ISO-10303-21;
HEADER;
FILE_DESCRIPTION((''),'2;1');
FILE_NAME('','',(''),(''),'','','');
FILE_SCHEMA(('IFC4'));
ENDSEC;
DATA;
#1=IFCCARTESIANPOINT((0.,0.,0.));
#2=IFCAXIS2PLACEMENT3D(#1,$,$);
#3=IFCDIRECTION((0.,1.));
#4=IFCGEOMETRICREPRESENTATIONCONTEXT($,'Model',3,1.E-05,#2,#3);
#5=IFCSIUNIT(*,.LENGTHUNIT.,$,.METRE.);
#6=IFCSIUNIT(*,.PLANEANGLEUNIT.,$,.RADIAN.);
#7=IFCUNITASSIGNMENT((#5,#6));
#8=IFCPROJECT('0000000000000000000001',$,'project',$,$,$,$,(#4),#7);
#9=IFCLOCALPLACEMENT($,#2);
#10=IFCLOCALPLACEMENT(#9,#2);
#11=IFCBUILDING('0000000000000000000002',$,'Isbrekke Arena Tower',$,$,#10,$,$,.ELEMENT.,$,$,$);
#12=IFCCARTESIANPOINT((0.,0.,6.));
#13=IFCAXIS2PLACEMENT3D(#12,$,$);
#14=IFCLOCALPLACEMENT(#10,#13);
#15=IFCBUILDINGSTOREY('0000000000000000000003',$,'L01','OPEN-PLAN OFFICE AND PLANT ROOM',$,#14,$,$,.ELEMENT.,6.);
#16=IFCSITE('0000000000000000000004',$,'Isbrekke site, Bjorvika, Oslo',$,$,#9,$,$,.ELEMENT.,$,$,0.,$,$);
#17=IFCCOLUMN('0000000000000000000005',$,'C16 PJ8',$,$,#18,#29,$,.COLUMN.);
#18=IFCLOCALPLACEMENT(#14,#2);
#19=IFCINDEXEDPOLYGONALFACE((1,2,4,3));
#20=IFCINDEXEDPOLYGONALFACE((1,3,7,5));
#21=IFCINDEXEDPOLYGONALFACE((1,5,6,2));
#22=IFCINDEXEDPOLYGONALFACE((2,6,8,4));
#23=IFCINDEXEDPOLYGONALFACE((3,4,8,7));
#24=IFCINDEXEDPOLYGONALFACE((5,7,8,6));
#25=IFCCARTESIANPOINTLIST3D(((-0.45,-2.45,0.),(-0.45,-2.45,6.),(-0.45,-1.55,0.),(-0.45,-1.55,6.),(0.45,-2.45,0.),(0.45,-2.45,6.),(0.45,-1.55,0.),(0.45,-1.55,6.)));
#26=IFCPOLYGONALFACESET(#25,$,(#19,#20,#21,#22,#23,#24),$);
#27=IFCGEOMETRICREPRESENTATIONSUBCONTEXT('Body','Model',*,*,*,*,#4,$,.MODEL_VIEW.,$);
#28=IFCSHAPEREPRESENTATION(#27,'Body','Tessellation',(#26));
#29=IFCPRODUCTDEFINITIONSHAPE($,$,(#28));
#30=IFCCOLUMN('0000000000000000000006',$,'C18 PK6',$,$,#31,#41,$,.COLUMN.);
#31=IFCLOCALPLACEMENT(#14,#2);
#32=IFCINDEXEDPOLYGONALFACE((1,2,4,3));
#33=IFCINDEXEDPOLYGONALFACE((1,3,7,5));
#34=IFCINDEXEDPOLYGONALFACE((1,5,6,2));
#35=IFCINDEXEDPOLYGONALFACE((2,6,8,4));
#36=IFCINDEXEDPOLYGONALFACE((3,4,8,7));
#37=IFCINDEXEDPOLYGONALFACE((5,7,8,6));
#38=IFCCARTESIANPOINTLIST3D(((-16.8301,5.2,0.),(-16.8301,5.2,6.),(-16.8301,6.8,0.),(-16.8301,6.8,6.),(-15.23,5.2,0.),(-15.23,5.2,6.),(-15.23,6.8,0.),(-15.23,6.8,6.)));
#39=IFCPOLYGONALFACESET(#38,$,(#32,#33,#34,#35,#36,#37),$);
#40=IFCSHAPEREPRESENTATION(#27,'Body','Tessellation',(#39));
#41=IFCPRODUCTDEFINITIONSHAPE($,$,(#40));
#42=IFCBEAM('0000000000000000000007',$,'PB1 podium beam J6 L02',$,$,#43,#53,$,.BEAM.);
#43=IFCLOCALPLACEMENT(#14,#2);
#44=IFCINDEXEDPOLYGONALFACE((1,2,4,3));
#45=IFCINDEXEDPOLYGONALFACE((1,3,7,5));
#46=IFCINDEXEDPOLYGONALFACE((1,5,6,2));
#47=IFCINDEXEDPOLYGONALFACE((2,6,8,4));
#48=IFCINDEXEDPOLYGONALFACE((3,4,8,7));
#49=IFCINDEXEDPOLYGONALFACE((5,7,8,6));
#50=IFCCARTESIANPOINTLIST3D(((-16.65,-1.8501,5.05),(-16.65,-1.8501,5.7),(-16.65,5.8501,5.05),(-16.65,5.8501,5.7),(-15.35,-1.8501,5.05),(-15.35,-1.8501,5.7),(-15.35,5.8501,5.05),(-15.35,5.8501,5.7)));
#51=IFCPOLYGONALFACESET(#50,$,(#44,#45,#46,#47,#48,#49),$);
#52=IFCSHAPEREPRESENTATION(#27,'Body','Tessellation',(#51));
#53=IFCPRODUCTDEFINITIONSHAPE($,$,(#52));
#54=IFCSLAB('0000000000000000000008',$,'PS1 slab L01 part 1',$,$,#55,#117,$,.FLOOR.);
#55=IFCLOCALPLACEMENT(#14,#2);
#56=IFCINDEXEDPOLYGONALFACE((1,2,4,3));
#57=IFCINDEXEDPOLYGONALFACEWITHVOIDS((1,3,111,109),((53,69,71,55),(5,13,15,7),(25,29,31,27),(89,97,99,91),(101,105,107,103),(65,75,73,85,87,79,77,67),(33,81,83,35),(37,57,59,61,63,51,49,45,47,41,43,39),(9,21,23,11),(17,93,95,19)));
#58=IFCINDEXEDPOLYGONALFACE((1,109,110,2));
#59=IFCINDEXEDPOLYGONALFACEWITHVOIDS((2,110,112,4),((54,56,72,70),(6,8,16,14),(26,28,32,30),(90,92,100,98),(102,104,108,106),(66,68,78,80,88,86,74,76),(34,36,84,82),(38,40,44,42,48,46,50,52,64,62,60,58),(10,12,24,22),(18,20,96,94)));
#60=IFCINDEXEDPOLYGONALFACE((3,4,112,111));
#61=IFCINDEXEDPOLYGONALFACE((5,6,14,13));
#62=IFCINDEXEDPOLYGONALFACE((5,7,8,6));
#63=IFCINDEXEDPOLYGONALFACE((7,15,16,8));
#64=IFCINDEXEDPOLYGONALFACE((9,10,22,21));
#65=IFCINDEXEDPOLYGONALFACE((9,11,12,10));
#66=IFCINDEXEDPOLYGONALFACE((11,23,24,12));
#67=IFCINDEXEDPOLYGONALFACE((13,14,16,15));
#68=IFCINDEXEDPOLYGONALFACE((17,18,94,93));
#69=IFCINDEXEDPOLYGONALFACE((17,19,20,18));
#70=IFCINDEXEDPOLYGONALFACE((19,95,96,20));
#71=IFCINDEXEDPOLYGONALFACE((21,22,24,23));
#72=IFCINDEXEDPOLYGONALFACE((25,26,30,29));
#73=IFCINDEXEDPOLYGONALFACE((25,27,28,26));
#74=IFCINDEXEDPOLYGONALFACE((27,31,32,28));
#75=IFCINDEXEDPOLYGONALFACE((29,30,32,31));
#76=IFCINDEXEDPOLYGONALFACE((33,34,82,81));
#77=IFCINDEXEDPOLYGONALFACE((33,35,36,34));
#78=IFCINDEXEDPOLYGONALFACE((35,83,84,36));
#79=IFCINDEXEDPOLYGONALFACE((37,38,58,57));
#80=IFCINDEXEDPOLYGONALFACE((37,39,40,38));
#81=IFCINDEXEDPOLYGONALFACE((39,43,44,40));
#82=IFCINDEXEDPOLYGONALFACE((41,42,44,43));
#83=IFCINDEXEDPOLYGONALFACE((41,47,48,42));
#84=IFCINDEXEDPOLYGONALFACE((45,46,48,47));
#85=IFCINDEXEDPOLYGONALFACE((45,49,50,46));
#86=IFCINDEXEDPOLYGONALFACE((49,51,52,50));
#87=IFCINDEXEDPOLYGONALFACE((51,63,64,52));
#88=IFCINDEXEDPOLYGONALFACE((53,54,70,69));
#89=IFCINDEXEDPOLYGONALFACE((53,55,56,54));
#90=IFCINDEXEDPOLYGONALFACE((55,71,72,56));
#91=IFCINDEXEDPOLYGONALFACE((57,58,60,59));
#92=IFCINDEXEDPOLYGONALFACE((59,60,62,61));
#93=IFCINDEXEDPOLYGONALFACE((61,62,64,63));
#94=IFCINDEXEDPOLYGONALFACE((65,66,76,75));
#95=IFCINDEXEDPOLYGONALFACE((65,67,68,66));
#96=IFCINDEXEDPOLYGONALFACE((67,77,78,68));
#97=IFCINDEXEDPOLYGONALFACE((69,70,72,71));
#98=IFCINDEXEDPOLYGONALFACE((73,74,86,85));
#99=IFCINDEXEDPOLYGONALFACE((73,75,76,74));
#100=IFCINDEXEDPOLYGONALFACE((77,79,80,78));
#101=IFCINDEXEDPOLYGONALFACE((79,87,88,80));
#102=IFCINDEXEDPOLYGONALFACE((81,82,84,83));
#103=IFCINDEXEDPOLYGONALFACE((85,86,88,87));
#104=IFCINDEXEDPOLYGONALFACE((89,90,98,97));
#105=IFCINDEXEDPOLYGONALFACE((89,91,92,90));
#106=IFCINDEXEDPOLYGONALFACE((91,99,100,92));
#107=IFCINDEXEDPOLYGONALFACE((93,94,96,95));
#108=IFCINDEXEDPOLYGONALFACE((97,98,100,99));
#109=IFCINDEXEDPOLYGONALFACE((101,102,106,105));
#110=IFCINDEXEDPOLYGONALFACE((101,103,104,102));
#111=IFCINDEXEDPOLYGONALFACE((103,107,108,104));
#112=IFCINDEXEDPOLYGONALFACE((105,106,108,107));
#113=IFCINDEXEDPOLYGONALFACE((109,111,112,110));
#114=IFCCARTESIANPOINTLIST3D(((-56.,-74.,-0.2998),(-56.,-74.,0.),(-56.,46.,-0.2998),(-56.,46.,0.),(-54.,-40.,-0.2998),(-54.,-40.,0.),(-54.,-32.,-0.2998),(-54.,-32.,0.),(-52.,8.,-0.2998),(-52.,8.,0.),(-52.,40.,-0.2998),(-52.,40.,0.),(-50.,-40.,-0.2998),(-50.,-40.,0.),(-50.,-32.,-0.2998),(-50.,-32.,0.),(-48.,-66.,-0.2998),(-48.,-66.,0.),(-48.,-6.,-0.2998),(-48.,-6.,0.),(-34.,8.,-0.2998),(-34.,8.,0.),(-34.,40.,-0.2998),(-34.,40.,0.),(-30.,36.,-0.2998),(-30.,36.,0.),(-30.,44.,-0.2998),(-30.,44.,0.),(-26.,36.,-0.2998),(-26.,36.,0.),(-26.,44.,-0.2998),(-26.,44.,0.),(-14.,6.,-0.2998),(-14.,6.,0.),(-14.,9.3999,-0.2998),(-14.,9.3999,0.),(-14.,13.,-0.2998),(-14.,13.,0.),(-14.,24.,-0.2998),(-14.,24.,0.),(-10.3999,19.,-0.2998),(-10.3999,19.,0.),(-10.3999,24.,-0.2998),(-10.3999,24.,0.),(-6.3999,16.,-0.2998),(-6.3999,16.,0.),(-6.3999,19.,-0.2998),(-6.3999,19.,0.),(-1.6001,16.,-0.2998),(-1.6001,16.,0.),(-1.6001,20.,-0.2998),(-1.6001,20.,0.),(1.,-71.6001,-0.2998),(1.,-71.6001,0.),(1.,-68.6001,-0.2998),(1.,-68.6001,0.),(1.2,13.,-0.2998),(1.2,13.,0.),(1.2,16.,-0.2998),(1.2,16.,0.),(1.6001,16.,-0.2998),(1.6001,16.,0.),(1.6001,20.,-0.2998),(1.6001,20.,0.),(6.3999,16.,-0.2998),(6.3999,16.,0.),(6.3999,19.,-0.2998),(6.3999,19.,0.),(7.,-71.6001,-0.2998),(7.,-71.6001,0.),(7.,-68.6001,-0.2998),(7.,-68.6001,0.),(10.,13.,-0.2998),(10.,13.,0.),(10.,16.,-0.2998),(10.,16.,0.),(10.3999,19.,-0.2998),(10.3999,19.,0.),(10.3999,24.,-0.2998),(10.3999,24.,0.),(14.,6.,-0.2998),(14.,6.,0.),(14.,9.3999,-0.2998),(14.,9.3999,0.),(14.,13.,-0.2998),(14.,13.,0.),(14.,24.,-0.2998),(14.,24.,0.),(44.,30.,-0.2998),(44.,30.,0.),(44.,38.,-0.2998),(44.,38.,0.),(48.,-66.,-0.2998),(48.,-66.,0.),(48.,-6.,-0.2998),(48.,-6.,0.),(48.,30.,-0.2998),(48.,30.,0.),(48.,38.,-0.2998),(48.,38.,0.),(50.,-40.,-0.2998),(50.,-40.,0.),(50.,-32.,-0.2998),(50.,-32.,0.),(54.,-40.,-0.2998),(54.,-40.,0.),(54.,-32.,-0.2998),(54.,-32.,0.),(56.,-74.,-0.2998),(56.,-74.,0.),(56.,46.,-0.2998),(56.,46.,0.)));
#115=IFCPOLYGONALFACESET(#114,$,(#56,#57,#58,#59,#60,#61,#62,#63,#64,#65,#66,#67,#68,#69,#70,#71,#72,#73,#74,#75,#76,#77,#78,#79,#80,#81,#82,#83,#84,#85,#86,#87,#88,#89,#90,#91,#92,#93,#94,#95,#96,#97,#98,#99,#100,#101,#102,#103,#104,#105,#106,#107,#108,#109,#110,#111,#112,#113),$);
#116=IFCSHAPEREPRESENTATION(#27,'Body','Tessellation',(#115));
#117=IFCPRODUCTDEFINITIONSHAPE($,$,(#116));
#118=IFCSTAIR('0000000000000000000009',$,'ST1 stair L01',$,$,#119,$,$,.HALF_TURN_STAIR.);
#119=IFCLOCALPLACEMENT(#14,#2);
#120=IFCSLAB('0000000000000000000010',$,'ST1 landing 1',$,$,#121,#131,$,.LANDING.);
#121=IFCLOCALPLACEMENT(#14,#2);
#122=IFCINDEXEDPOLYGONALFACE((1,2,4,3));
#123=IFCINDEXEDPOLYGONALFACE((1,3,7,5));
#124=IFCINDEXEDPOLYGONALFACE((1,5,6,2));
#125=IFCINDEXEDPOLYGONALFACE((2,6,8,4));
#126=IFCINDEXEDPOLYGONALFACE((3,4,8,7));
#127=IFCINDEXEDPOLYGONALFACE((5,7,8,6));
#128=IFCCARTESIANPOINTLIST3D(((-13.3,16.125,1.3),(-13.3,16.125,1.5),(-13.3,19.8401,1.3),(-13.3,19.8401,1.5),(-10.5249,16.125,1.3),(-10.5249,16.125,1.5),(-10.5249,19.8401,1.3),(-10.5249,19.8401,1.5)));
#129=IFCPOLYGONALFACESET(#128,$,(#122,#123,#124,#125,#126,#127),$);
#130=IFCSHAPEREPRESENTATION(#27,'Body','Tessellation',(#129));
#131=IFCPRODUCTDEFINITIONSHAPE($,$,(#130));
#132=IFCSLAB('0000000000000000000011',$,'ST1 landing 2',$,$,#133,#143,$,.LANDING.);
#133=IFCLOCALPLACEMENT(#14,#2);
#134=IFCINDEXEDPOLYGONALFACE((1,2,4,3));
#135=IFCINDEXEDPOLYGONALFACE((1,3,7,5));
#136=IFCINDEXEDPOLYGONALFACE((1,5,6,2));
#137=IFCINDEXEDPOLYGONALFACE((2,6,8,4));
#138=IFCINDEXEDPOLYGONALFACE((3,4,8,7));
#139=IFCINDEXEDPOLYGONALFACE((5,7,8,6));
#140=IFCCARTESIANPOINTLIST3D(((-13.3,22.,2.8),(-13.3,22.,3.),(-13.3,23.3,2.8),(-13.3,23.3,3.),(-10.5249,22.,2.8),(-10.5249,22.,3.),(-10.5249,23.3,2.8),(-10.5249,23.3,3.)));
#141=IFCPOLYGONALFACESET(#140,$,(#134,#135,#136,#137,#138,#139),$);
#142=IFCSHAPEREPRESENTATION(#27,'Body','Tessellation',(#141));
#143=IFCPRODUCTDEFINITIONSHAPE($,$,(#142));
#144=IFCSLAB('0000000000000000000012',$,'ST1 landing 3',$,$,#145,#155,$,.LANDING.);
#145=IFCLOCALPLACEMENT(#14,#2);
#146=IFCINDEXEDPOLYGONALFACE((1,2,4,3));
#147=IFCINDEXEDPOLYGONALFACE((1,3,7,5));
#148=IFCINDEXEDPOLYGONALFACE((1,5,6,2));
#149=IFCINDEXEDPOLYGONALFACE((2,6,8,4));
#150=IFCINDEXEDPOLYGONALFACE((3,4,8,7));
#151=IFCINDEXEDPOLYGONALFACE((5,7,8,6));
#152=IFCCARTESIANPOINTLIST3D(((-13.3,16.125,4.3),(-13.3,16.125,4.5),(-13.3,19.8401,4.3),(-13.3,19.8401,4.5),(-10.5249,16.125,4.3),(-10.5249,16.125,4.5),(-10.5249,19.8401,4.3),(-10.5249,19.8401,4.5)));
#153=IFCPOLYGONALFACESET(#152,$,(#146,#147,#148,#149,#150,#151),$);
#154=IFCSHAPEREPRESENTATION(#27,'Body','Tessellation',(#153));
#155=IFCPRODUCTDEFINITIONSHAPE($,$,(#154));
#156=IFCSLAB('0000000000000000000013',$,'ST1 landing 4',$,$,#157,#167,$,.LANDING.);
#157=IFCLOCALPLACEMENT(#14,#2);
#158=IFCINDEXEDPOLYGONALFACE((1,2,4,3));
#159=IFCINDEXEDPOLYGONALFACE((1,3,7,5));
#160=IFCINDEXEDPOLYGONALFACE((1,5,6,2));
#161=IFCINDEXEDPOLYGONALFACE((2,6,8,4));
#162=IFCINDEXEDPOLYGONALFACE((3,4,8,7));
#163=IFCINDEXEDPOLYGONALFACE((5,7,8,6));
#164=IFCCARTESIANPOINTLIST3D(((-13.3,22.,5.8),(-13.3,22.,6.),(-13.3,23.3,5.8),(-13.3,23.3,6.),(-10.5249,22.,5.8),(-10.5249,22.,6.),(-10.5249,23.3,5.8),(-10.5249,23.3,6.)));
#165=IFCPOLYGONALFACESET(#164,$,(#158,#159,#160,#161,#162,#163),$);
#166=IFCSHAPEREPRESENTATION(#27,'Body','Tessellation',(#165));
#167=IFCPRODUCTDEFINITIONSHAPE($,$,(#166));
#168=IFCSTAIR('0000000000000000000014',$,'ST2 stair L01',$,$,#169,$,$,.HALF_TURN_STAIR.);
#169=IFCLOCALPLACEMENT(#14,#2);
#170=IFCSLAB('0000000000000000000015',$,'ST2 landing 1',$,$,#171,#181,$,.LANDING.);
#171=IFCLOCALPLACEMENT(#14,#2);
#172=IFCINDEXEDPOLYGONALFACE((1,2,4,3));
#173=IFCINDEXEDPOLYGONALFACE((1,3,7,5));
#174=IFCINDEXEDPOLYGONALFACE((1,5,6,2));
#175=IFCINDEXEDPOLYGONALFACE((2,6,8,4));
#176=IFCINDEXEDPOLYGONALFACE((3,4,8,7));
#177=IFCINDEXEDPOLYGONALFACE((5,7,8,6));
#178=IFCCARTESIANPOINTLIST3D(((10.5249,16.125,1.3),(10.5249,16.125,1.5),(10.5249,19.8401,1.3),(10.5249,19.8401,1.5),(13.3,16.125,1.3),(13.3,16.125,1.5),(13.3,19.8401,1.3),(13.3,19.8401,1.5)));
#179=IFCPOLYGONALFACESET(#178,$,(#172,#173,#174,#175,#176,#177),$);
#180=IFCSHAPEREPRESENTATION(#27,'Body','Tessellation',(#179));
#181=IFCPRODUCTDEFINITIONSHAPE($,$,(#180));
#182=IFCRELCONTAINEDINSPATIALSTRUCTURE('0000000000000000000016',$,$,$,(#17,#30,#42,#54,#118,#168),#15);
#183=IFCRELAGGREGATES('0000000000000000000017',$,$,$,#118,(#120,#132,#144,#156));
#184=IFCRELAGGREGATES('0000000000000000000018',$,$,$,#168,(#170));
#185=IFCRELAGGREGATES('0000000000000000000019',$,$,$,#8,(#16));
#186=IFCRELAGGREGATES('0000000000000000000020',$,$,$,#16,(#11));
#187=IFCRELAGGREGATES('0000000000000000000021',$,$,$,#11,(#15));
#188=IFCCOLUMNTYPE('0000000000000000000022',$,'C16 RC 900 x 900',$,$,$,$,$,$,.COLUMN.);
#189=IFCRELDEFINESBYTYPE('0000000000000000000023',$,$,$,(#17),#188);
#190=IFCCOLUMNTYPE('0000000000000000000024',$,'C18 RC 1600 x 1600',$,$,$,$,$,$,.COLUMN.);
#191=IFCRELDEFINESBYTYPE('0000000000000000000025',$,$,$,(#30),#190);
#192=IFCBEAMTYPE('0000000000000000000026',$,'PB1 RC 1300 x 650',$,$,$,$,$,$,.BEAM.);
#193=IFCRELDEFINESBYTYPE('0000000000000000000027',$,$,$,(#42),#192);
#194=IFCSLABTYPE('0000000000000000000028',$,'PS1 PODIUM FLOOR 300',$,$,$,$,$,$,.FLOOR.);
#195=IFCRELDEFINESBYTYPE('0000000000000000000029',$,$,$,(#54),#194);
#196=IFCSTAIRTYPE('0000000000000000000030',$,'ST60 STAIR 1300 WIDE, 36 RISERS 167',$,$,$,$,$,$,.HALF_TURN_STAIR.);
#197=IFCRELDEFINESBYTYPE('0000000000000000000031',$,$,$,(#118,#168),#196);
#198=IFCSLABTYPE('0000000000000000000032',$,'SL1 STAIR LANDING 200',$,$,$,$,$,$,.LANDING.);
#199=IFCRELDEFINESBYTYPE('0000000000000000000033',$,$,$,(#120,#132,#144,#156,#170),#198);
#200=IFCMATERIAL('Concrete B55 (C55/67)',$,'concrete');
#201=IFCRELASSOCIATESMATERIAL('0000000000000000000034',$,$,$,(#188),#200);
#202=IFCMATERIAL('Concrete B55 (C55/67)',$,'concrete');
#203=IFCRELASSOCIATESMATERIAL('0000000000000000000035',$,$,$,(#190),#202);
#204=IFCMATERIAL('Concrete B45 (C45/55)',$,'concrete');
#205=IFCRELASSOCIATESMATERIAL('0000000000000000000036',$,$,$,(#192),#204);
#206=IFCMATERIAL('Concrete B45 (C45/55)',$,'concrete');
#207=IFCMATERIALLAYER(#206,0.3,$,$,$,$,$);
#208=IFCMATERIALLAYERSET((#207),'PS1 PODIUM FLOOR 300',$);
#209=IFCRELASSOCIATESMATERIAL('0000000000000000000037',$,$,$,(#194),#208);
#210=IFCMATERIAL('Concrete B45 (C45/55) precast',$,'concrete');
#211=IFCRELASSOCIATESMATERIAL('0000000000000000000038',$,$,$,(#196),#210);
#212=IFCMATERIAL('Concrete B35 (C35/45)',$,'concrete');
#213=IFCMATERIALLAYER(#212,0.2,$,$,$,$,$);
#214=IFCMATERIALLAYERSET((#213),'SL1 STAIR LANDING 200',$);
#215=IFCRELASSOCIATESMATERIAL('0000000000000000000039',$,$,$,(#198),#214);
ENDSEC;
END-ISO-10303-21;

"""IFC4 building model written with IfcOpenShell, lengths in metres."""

from ifc_helpers import new_model, si_unit, direction, frame, origin, origin_2d, place, context, subcontext, project, spatial, polyline, rectangle, outline, extrude, material, layer, layer_set, material_profile, profile_set, type_object, element, aggregate, save


model = new_model("IFC4")

# Units and contexts
model_context = context("Model", 3, precision=1e-05, world=origin(), true_north=direction((0.0, 1.0)))
body_context = subcontext(model_context, "Body", "Model", "MODEL_VIEW")
ifc_project = project(units=[si_unit("LENGTHUNIT", "METRE"), si_unit("PLANEANGLEUNIT", "RADIAN")], contexts=[model_context])

# Site, building, storey
site_placement = place(None, origin())
site = spatial("IfcSite", under=ifc_project, at=site_placement, Name="Isbrekke site, Bjorvika, Oslo", CompositionType="ELEMENT", RefElevation=0.0)
building_placement = place(site_placement, origin())
building = spatial("IfcBuilding", under=site, at=building_placement, Name="Isbrekke Arena Tower", CompositionType="ELEMENT")
storey_placement = place(building_placement, frame((0.0, 0.0, 6.0)))
storey = spatial("IfcBuildingStorey", under=building, at=storey_placement, Name="L01", Description="OPEN-PLAN OFFICE AND PLANT ROOM", CompositionType="ELEMENT", Elevation=6.0)

# Columns
ifc_material_1 = material(Name="Concrete B55 (C55/67)", Category="concrete")
ifc_material_profile_1 = material_profile(ifc_material_1, rectangle(XDim=0.8999, YDim=0.8999, at=origin_2d()), Name="RC 900x900")
ifc_profile_set_1 = profile_set([ifc_material_profile_1], Name="Concrete B55 (C55/67)")
column_type_1 = type_object("IfcColumnType", Name="C16 RC 900 x 900", PredefinedType="COLUMN", material=ifc_profile_set_1)
column_1_placement = place(storey_placement, frame((0.0, -2.0, 0.0), z_axis=(0.0, 0.0, 1.0), x_axis=(1.0, 0.0, 0.0)))
element("IfcColumn", 1, at=column_1_placement, inside=storey, type_object=column_type_1, Name="C16 PJ8", PredefinedType="COLUMN", context=body_context, shape_type="SweptSolid", body=[
    extrude(rectangle(XDim=0.8999, YDim=0.8999, at=origin_2d()), origin(), (0.0, 0.0, 1.0), 6.0),
])
ifc_material_2 = material(Name="Concrete B55 (C55/67)", Category="concrete")
ifc_material_profile_2 = material_profile(ifc_material_2, rectangle(XDim=1.6001, YDim=1.6001, at=origin_2d()), Name="RC 1600x1600")
ifc_profile_set_2 = profile_set([ifc_material_profile_2], Name="Concrete B55 (C55/67)")
column_type_2 = type_object("IfcColumnType", Name="C18 RC 1600 x 1600", PredefinedType="COLUMN", material=ifc_profile_set_2)
column_2_placement = place(storey_placement, frame((-16.03, 6.0, 0.0), z_axis=(0.0, 0.0, 1.0), x_axis=(1.0, 0.0, 0.0)))
element("IfcColumn", 2, at=column_2_placement, inside=storey, type_object=column_type_2, Name="C18 PK6", PredefinedType="COLUMN", context=body_context, shape_type="SweptSolid", body=[
    extrude(rectangle(XDim=1.6001, YDim=1.6001, at=origin_2d()), origin(), (0.0, 0.0, 1.0), 6.0),
])

# Beam
ifc_material_3 = material(Name="Concrete B45 (C45/55)", Category="concrete")
ifc_material_profile_3 = material_profile(ifc_material_3, rectangle(XDim=1.3, YDim=0.6499, at=origin_2d()), Name="RC 1300x650")
ifc_profile_set_3 = profile_set([ifc_material_profile_3], Name="Concrete B45 (C45/55)")
beam_type = type_object("IfcBeamType", Name="PB1 RC 1300 x 650", PredefinedType="BEAM", material=ifc_profile_set_3)
beam_placement = place(storey_placement, frame((-16.0, -1.8501, 5.375), z_axis=(0.0, 1.0, 0.0), x_axis=(-1.0, 0.0, 0.0)))
element("IfcBeam", 3, at=beam_placement, inside=storey, type_object=beam_type, Name="PB1 podium beam J6 L02", PredefinedType="BEAM", context=body_context, shape_type="SweptSolid", body=[
    extrude(rectangle(XDim=1.3, YDim=0.6499, at=origin_2d()), origin(), (0.0, 0.0, 1.0), 7.7002),
])

# Slab
ifc_material_4 = material(Name="Concrete B45 (C45/55)", Category="concrete")
ifc_layer_1 = layer(ifc_material_4, 0.3)
ifc_layer_set_1 = layer_set([ifc_layer_1], Name="PS1 PODIUM FLOOR 300")
slab_type_1 = type_object("IfcSlabType", Name="PS1 PODIUM FLOOR 300", PredefinedType="FLOOR", material=ifc_layer_set_1)
slab_1_placement = place(storey_placement, frame((0.0, 0.0, -0.2998)))
element("IfcSlab", 4, at=slab_1_placement, inside=storey, type_object=slab_type_1, Name="PS1 slab L01 part 1", PredefinedType="FLOOR", context=body_context, shape_type="SweptSolid", body=[
    extrude(outline(polyline([(-56.0, -74.0), (56.0, -74.0), (56.0, 46.0), (-56.0, 46.0), (-56.0, -74.0)]), holes=[polyline([(7.0, -71.6001), (1.0, -71.6001), (1.0, -68.6001), (7.0, -68.6001), (7.0, -71.6001)]), polyline([(48.0, -66.0), (-48.0, -66.0), (-48.0, -6.0), (48.0, -6.0), (48.0, -66.0)]), polyline([(-50.0, -40.0), (-54.0, -40.0), (-54.0, -32.0), (-50.0, -32.0), (-50.0, -40.0)]), polyline([(50.0, -40.0), (50.0, -32.0), (54.0, -32.0), (54.0, -40.0), (50.0, -40.0)]), polyline([(14.0, 9.3999), (14.0, 6.0), (-14.0, 6.0), (-14.0, 9.3999), (14.0, 9.3999)]), polyline([(-34.0, 8.0), (-52.0, 8.0), (-52.0, 40.0), (-34.0, 40.0), (-34.0, 8.0)]), polyline([(-1.6001, 20.0), (1.6001, 20.0), (1.6001, 16.0), (1.2, 16.0), (1.2, 13.0), (-14.0, 13.0), (-14.0, 24.0), (-10.3999, 24.0), (-10.3999, 19.0), (-6.3999, 19.0), (-6.3999, 16.0), (-1.6001, 16.0), (-1.6001, 20.0)]), polyline([(6.3999, 19.0), (10.3999, 19.0), (10.3999, 24.0), (14.0, 24.0), (14.0, 13.0), (10.0, 13.0), (10.0, 16.0), (6.3999, 16.0), (6.3999, 19.0)]), polyline([(44.0, 30.0), (44.0, 38.0), (48.0, 38.0), (48.0, 30.0), (44.0, 30.0)]), polyline([(-30.0, 36.0), (-30.0, 44.0), (-26.0, 44.0), (-26.0, 36.0), (-30.0, 36.0)])]), origin(), (0.0, 0.0, 1.0), 0.2998),
])

# Stairs, slabs
ifc_material_5 = material(Name="Concrete B45 (C45/55) precast", Category="concrete")
stair_type_1 = type_object("IfcStairType", Name="ST60 STAIR 1300 WIDE, 36 RISERS 167", PredefinedType="HALF_TURN_STAIR", material=ifc_material_5)
stair_1_placement = place(storey_placement, origin())
stair_1 = element("IfcStair", 5, at=stair_1_placement, inside=storey, type_object=stair_type_1, Name="ST1 stair L01", PredefinedType="HALF_TURN_STAIR")
ifc_material_6 = material(Name="Concrete B35 (C35/45)", Category="concrete")
ifc_layer_2 = layer(ifc_material_6, 0.2)
ifc_layer_set_2 = layer_set([ifc_layer_2], Name="SL1 STAIR LANDING 200")
slab_type_2 = type_object("IfcSlabType", Name="SL1 STAIR LANDING 200", PredefinedType="LANDING", material=ifc_layer_set_2)
slab_2_placement = place(storey_placement, frame((0.0, 0.0, 1.3)))
slab_2 = element("IfcSlab", 6, at=slab_2_placement, type_object=slab_type_2, Name="ST1 landing 1", PredefinedType="LANDING", context=body_context, shape_type="SweptSolid", body=[
    extrude(outline(polyline([(-13.3, 16.125), (-10.5249, 16.125), (-10.5249, 19.8401), (-13.3, 19.8401), (-13.3, 16.125)])), origin(), (0.0, 0.0, 1.0), 0.2),
])
slab_3_placement = place(storey_placement, frame((0.0, 0.0, 2.8)))
slab_3 = element("IfcSlab", 7, at=slab_3_placement, type_object=slab_type_2, Name="ST1 landing 2", PredefinedType="LANDING", context=body_context, shape_type="SweptSolid", body=[
    extrude(outline(polyline([(-13.3, 22.0), (-10.5249, 22.0), (-10.5249, 23.3), (-13.3, 23.3), (-13.3, 22.0)])), origin(), (0.0, 0.0, 1.0), 0.2),
])
slab_4_placement = place(storey_placement, frame((0.0, 0.0, 4.3)))
slab_4 = element("IfcSlab", 8, at=slab_4_placement, type_object=slab_type_2, Name="ST1 landing 3", PredefinedType="LANDING", context=body_context, shape_type="SweptSolid", body=[
    extrude(outline(polyline([(-13.3, 16.125), (-10.5249, 16.125), (-10.5249, 19.8401), (-13.3, 19.8401), (-13.3, 16.125)])), origin(), (0.0, 0.0, 1.0), 0.2),
])
slab_5_placement = place(storey_placement, frame((0.0, 0.0, 5.8)))
slab_5 = element("IfcSlab", 9, at=slab_5_placement, type_object=slab_type_2, Name="ST1 landing 4", PredefinedType="LANDING", context=body_context, shape_type="SweptSolid", body=[
    extrude(outline(polyline([(-13.3, 22.0), (-10.5249, 22.0), (-10.5249, 23.3), (-13.3, 23.3), (-13.3, 22.0)])), origin(), (0.0, 0.0, 1.0), 0.2),
])
aggregate(stair_1, [slab_2, slab_3, slab_4, slab_5])
stair_2_placement = place(storey_placement, origin())
stair_2 = element("IfcStair", 10, at=stair_2_placement, inside=storey, type_object=stair_type_1, Name="ST2 stair L01", PredefinedType="HALF_TURN_STAIR")
slab_6_placement = place(storey_placement, frame((0.0, 0.0, 1.3)))
slab_6 = element("IfcSlab", 11, at=slab_6_placement, type_object=slab_type_2, Name="ST2 landing 1", PredefinedType="LANDING", context=body_context, shape_type="SweptSolid", body=[
    extrude(outline(polyline([(10.5249, 16.125), (13.3, 16.125), (13.3, 19.8401), (10.5249, 19.8401), (10.5249, 16.125)])), origin(), (0.0, 0.0, 1.0), 0.2),
])
aggregate(stair_2, [slab_6])

save(model, "model.ifc")
